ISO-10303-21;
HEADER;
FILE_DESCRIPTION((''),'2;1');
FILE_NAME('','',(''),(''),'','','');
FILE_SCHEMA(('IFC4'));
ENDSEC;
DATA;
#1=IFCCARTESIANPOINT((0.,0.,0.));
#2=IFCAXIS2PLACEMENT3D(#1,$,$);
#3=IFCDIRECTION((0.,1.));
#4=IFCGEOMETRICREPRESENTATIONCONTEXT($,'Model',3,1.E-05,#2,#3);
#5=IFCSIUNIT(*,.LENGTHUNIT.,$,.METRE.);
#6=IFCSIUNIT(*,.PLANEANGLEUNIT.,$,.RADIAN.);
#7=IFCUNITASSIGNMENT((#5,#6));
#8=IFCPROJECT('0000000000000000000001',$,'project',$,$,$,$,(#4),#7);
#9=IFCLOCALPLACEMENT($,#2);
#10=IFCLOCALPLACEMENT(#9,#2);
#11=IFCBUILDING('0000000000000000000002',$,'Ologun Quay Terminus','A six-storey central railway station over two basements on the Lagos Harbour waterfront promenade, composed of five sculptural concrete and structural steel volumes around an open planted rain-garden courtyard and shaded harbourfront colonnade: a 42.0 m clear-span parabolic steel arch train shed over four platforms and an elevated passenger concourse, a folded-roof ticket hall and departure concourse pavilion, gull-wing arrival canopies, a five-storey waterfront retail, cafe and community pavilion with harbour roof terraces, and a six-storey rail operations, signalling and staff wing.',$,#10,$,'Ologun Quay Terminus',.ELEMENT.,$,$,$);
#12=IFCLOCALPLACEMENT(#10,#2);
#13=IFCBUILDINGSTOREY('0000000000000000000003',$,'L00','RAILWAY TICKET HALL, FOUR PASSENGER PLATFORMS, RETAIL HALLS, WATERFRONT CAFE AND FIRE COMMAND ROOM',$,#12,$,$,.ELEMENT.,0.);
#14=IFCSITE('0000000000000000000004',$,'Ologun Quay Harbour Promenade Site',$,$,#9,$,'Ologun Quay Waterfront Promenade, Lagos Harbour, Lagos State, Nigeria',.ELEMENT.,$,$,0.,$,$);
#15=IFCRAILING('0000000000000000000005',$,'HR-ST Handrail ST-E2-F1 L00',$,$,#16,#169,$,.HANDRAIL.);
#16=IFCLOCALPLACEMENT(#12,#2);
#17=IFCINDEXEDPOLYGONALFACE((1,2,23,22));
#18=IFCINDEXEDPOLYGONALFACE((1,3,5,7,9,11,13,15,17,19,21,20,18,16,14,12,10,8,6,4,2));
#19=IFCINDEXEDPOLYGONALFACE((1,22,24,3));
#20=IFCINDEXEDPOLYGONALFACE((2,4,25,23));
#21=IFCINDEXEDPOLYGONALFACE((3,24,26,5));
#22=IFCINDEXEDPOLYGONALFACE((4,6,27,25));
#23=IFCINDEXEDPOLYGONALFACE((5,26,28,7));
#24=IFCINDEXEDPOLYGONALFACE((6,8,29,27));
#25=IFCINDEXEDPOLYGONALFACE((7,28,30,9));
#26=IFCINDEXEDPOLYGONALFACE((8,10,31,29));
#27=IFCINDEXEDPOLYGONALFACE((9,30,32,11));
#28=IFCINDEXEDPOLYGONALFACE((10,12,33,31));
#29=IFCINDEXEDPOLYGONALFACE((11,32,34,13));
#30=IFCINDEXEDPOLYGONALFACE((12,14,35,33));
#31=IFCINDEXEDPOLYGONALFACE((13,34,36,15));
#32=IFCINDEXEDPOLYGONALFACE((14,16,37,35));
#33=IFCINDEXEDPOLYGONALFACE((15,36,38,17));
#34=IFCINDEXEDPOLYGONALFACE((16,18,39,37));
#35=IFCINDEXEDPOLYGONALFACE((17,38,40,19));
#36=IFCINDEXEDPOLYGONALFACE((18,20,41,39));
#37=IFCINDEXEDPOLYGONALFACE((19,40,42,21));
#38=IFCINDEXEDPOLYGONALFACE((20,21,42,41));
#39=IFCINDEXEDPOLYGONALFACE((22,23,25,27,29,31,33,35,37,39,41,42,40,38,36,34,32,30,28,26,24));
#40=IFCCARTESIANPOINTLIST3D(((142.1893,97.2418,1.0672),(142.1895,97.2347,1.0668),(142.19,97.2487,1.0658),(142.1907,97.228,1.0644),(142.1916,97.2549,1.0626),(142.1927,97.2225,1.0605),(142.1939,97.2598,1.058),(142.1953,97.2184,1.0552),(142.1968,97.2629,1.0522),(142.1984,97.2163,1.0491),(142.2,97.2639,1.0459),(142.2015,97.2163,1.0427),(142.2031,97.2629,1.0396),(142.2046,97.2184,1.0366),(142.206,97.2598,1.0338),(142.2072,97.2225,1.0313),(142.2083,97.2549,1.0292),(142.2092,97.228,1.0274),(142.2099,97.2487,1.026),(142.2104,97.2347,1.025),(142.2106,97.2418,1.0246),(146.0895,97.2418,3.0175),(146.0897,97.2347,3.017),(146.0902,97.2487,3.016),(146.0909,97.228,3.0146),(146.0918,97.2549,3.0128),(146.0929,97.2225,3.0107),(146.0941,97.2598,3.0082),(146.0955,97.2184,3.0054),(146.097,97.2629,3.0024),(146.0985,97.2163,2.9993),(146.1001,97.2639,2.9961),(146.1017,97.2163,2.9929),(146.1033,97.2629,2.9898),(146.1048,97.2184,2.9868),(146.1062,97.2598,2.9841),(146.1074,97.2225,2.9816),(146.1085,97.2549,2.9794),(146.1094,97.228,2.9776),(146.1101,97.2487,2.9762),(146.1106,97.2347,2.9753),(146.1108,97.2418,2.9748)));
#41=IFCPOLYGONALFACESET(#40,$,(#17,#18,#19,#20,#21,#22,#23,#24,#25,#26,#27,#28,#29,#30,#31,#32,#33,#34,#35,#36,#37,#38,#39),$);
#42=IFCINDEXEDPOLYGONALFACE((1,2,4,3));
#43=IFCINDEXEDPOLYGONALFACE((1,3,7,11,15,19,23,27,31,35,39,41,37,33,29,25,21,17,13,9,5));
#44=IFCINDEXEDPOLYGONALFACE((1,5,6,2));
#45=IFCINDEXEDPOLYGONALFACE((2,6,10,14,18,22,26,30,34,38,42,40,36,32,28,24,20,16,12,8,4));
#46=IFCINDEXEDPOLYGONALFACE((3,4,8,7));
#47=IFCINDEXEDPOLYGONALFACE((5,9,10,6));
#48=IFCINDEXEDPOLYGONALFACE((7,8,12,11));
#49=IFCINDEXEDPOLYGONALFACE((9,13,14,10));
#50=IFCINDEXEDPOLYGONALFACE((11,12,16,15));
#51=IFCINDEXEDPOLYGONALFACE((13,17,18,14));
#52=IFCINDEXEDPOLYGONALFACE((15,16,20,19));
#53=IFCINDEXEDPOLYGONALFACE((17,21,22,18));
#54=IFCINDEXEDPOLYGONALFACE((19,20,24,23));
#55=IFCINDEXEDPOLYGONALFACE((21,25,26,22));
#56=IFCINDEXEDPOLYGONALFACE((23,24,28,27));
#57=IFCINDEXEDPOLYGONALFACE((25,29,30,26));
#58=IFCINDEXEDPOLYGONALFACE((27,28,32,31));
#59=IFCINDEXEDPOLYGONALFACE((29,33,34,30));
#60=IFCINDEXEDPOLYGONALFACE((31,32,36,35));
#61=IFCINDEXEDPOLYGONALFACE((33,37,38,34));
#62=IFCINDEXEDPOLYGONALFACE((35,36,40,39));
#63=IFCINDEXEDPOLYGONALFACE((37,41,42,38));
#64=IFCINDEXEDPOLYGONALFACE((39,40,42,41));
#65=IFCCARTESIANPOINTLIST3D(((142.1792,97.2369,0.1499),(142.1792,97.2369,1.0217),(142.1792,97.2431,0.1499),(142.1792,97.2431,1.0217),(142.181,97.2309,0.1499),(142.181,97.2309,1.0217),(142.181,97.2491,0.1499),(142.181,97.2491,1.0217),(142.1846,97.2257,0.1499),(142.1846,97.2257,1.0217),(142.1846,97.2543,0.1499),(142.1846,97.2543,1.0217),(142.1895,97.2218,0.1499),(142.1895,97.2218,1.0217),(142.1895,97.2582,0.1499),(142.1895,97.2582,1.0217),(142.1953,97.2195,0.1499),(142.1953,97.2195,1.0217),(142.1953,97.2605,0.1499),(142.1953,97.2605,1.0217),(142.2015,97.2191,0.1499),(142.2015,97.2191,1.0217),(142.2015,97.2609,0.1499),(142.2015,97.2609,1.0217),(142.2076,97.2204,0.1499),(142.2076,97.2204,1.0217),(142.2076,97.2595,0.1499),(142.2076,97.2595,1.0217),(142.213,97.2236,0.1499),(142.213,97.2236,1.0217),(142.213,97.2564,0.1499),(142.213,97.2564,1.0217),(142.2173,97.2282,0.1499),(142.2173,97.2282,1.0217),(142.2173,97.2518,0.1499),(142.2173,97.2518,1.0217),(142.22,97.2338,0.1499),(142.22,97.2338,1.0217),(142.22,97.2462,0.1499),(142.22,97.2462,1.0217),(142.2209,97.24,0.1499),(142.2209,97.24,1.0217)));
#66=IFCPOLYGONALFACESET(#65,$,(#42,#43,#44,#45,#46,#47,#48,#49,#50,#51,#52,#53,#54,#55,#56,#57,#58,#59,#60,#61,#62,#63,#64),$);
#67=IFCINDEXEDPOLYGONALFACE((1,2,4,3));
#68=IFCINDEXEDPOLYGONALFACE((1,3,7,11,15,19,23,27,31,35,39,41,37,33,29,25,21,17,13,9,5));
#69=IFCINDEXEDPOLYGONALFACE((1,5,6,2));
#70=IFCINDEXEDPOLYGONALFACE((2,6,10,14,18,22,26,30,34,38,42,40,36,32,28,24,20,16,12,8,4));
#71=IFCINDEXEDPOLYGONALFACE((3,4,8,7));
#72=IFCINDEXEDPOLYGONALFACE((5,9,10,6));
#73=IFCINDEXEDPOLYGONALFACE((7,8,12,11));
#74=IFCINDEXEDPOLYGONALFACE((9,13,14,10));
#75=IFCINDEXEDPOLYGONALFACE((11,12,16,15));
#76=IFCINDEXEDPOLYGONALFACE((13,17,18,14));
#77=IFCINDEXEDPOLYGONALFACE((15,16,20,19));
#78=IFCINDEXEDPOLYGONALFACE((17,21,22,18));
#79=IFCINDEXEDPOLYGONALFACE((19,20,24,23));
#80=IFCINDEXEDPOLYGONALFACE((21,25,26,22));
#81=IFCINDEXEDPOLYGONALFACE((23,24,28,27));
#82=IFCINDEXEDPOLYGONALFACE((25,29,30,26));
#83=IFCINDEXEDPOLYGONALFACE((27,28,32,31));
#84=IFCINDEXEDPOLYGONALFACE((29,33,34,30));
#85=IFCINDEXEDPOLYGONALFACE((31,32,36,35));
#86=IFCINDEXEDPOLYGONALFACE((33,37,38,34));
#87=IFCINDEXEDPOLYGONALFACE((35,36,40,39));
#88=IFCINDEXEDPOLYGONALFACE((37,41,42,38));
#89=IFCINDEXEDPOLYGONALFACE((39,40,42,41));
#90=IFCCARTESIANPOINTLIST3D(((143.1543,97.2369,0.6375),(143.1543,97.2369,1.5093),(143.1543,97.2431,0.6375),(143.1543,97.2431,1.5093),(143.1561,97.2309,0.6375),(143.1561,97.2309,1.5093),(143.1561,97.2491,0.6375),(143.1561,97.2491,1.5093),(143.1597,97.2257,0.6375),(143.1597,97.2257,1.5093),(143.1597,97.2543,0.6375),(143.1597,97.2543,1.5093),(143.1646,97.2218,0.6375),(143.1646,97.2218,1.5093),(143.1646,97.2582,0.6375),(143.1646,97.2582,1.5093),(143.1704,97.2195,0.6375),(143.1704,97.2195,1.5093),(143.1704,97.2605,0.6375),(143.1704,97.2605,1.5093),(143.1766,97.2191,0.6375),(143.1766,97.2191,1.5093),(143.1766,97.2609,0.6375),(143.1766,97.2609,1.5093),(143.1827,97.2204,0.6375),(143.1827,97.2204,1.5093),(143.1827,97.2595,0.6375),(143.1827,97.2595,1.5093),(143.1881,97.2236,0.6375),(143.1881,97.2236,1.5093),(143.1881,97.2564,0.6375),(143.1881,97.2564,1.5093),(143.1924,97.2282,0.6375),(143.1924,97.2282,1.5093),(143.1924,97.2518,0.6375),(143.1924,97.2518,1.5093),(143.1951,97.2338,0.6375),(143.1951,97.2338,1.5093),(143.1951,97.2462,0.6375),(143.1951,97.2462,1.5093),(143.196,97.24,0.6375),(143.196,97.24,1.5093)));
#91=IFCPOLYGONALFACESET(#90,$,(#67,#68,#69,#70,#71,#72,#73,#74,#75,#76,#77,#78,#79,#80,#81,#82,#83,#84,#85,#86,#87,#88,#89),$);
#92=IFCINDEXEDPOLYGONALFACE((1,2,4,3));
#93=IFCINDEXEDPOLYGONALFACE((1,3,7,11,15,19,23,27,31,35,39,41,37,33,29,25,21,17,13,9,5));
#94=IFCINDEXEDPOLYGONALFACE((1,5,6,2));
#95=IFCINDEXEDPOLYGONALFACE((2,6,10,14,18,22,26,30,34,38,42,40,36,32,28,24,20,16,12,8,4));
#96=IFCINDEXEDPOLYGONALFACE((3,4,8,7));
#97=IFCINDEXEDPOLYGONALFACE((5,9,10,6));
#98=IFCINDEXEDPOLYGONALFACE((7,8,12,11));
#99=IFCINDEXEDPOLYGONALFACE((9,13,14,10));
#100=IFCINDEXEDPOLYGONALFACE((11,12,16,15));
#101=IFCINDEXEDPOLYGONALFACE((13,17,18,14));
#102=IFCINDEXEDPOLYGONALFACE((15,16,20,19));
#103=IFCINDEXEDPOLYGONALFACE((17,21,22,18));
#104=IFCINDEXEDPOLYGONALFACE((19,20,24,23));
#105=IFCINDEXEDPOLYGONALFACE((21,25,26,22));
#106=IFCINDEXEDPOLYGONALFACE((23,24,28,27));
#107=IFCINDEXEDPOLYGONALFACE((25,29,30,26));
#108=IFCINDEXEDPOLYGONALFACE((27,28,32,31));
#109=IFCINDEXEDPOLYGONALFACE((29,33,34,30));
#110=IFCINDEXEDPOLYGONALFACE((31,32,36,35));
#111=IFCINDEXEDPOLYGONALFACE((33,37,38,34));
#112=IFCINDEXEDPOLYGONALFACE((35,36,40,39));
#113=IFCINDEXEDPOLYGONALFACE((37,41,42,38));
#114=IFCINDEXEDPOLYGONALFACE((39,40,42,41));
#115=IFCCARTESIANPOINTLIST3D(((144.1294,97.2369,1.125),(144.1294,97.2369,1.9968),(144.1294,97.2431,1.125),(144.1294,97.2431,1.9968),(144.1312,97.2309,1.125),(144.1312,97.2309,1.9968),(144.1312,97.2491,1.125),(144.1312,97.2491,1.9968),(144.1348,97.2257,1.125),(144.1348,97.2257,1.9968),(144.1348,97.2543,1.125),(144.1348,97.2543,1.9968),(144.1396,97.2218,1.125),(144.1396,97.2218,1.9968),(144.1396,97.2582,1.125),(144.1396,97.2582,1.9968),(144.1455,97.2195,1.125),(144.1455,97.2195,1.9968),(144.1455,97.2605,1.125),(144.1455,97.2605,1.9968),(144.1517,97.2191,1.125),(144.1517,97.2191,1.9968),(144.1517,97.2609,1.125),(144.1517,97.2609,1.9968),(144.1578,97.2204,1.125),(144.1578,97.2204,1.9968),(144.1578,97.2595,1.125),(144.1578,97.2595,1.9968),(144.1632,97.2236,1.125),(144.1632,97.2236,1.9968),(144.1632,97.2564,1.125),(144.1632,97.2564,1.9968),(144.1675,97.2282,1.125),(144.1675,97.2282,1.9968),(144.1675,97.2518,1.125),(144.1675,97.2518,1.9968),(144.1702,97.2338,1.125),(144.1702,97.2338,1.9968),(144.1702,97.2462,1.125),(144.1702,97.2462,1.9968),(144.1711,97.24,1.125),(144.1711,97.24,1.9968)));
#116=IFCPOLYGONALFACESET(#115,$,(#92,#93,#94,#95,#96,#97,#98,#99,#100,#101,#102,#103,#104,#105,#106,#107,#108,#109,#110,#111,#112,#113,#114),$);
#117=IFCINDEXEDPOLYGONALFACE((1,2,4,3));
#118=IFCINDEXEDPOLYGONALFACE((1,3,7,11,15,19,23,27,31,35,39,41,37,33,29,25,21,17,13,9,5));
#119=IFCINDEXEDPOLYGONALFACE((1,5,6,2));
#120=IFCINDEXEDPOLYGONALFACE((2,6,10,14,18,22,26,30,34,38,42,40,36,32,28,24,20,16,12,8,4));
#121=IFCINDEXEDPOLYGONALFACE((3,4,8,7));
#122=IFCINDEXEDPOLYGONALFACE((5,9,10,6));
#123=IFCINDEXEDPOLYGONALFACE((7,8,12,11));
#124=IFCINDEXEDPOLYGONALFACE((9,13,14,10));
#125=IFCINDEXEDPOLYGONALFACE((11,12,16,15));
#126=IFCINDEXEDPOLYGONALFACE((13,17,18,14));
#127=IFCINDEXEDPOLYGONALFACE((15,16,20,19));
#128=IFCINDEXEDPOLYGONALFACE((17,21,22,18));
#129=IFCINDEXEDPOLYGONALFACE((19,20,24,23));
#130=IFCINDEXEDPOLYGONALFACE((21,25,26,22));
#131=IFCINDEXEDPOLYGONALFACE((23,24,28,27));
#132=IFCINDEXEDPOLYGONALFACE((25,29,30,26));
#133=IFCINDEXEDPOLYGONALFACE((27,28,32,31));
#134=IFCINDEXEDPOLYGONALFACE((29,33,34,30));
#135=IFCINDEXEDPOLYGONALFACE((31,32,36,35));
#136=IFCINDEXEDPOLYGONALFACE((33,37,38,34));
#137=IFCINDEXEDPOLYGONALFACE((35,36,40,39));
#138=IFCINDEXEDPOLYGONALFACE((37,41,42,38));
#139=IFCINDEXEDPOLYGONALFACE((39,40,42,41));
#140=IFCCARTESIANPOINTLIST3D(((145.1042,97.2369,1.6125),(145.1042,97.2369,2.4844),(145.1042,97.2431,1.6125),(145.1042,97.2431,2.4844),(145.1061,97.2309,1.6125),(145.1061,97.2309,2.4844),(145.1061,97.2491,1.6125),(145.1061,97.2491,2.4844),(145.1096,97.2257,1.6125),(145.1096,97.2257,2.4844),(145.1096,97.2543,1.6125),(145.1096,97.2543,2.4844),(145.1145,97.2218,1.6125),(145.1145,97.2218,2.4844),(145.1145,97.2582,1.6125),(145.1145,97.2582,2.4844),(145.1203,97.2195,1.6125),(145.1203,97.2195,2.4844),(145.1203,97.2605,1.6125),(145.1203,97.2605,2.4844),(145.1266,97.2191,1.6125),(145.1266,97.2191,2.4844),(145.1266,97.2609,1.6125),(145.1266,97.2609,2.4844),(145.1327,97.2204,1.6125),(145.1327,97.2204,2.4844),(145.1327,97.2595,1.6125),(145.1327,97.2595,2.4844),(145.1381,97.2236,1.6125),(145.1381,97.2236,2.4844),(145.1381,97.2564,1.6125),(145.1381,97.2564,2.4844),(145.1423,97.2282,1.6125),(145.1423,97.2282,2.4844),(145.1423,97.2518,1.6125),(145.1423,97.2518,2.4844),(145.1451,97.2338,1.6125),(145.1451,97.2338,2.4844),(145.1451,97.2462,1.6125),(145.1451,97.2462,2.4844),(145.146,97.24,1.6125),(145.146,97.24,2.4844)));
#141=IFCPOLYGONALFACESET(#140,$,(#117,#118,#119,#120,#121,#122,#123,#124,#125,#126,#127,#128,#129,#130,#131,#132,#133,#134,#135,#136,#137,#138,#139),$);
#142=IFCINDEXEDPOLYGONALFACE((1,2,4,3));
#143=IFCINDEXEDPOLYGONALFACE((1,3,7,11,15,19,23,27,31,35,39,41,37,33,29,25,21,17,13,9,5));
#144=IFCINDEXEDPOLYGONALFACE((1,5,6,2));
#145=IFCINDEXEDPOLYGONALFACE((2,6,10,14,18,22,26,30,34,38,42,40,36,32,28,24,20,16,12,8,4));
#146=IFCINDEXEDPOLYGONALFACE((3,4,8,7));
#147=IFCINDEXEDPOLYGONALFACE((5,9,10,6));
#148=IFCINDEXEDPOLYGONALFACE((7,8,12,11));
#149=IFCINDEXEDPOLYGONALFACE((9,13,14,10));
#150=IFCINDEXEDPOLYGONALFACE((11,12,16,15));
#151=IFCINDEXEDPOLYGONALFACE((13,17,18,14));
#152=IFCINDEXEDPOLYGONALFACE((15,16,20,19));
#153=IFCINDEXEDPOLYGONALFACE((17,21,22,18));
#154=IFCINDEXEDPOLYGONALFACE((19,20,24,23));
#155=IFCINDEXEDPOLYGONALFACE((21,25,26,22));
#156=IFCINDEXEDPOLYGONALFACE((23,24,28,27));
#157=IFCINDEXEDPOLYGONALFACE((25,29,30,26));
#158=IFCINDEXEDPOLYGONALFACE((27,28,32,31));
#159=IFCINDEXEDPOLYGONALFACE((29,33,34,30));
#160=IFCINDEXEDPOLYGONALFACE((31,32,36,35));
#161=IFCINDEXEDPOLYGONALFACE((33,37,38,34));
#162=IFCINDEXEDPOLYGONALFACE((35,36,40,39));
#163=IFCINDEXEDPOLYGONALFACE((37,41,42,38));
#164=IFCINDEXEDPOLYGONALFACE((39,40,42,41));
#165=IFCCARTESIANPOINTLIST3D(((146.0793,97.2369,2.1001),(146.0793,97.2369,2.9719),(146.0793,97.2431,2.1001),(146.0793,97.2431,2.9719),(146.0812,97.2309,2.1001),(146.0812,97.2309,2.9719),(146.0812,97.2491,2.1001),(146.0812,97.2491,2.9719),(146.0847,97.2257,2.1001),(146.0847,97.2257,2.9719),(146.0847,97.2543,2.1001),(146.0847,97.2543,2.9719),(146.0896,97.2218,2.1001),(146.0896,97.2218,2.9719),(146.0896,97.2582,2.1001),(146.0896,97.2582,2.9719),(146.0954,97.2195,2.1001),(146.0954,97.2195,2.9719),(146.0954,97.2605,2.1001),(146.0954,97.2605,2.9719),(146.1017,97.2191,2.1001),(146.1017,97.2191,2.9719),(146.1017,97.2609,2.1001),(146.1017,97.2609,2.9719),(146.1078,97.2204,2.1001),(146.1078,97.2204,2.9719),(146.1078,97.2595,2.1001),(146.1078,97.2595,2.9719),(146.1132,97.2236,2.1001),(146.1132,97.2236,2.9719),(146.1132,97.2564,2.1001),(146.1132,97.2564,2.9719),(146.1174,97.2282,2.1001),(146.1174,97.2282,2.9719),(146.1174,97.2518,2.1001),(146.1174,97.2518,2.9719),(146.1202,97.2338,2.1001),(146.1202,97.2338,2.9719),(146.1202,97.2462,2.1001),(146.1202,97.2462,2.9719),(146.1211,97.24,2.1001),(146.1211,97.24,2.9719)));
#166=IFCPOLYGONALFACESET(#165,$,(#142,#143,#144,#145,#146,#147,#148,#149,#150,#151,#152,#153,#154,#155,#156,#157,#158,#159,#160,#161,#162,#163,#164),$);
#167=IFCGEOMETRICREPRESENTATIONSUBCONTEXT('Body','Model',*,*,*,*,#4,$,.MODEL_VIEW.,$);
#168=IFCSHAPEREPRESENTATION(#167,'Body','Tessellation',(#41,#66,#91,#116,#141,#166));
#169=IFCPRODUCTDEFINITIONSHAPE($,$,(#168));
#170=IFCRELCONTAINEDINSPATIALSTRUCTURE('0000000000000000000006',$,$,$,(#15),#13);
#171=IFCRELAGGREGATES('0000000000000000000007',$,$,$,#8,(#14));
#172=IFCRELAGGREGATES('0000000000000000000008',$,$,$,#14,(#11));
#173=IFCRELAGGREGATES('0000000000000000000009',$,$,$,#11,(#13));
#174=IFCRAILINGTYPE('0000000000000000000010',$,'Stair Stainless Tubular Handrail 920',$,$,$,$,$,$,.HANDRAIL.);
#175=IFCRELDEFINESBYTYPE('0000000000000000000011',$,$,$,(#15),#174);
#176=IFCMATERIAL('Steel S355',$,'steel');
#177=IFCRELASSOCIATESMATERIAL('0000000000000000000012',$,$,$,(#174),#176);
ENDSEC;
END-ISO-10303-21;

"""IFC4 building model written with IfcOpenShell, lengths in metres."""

from ifc_helpers import new_model, si_unit, direction, frame, origin, origin_2d, place, context, subcontext, project, spatial, circle, extrude, material, type_object, element, save


model = new_model("IFC4")

# Units and contexts
model_context = context("Model", 3, precision=1e-05, world=origin(), true_north=direction((0.0, 1.0)))
body_context = subcontext(model_context, "Body", "Model", "MODEL_VIEW")
ifc_project = project(units=[si_unit("LENGTHUNIT", "METRE"), si_unit("PLANEANGLEUNIT", "RADIAN")], contexts=[model_context])

# Site, building, storey
site_placement = place(None, origin())
site = spatial("IfcSite", under=ifc_project, at=site_placement, Name="Ologun Quay Harbour Promenade Site", LongName="Ologun Quay Waterfront Promenade, Lagos Harbour, Lagos State, Nigeria", CompositionType="ELEMENT", RefElevation=0.0)
building_placement = place(site_placement, origin())
building = spatial("IfcBuilding", under=site, at=building_placement, Name="Ologun Quay Terminus", Description="A six-storey central railway station over two basements on the Lagos Harbour waterfront promenade, composed of five sculptural concrete and structural steel volumes around an open planted rain-garden courtyard and shaded harbourfront colonnade: a 42.0 m clear-span parabolic steel arch train shed over four platforms and an elevated passenger concourse, a folded-roof ticket hall and departure concourse pavilion, gull-wing arrival canopies, a five-storey waterfront retail, cafe and community pavilion with harbour roof terraces, and a six-storey rail operations, signalling and staff wing.", LongName="Ologun Quay Terminus", CompositionType="ELEMENT")
storey_placement = place(building_placement, origin())
storey = spatial("IfcBuildingStorey", under=building, at=storey_placement, Name="L00", Description="RAILWAY TICKET HALL, FOUR PASSENGER PLATFORMS, RETAIL HALLS, WATERFRONT CAFE AND FIRE COMMAND ROOM", CompositionType="ELEMENT", Elevation=0.0)

# Railing
ifc_material_1 = material(Name="Steel S355", Category="steel")
railing_type_1 = type_object("IfcRailingType", Name="Stair Stainless Tubular Handrail 920", PredefinedType="HANDRAIL", material=ifc_material_1)
railing_1_placement = place(storey_placement, frame((142.2, 97.24, 0.1499)))
element("IfcRailing", 1, at=railing_1_placement, inside=storey, type_object=railing_type_1, Name="HR-ST Handrail ST-E2-F1 L00", PredefinedType="HANDRAIL", context=body_context, shape_type="SweptSolid", body=[
    extrude(circle(Radius=0.0239, at=origin_2d()), frame((0.0, 0.0, 0.896), z_axis=(0.894416, 0.0, 0.447236), x_axis=(0.0, 1.0, 0.0)), (0.0, 0.0, 1.0), 4.3606),
    extrude(circle(Radius=0.021, at=origin_2d()), origin(), (0.0, 0.0, 1.0), 0.8718),
    extrude(circle(Radius=0.021, at=origin_2d()), frame((0.9751, 0.0, 0.4875)), (0.0, 0.0, 1.0), 0.8718),
    extrude(circle(Radius=0.021, at=origin_2d()), frame((1.9502, 0.0, 0.9751)), (0.0, 0.0, 1.0), 0.8718),
    extrude(circle(Radius=0.021, at=origin_2d()), frame((2.925, 0.0, 1.4626)), (0.0, 0.0, 1.0), 0.8718),
    extrude(circle(Radius=0.021, at=origin_2d()), frame((3.9001, 0.0, 1.9502)), (0.0, 0.0, 1.0), 0.8718),
])

save(model, "model.ifc")
